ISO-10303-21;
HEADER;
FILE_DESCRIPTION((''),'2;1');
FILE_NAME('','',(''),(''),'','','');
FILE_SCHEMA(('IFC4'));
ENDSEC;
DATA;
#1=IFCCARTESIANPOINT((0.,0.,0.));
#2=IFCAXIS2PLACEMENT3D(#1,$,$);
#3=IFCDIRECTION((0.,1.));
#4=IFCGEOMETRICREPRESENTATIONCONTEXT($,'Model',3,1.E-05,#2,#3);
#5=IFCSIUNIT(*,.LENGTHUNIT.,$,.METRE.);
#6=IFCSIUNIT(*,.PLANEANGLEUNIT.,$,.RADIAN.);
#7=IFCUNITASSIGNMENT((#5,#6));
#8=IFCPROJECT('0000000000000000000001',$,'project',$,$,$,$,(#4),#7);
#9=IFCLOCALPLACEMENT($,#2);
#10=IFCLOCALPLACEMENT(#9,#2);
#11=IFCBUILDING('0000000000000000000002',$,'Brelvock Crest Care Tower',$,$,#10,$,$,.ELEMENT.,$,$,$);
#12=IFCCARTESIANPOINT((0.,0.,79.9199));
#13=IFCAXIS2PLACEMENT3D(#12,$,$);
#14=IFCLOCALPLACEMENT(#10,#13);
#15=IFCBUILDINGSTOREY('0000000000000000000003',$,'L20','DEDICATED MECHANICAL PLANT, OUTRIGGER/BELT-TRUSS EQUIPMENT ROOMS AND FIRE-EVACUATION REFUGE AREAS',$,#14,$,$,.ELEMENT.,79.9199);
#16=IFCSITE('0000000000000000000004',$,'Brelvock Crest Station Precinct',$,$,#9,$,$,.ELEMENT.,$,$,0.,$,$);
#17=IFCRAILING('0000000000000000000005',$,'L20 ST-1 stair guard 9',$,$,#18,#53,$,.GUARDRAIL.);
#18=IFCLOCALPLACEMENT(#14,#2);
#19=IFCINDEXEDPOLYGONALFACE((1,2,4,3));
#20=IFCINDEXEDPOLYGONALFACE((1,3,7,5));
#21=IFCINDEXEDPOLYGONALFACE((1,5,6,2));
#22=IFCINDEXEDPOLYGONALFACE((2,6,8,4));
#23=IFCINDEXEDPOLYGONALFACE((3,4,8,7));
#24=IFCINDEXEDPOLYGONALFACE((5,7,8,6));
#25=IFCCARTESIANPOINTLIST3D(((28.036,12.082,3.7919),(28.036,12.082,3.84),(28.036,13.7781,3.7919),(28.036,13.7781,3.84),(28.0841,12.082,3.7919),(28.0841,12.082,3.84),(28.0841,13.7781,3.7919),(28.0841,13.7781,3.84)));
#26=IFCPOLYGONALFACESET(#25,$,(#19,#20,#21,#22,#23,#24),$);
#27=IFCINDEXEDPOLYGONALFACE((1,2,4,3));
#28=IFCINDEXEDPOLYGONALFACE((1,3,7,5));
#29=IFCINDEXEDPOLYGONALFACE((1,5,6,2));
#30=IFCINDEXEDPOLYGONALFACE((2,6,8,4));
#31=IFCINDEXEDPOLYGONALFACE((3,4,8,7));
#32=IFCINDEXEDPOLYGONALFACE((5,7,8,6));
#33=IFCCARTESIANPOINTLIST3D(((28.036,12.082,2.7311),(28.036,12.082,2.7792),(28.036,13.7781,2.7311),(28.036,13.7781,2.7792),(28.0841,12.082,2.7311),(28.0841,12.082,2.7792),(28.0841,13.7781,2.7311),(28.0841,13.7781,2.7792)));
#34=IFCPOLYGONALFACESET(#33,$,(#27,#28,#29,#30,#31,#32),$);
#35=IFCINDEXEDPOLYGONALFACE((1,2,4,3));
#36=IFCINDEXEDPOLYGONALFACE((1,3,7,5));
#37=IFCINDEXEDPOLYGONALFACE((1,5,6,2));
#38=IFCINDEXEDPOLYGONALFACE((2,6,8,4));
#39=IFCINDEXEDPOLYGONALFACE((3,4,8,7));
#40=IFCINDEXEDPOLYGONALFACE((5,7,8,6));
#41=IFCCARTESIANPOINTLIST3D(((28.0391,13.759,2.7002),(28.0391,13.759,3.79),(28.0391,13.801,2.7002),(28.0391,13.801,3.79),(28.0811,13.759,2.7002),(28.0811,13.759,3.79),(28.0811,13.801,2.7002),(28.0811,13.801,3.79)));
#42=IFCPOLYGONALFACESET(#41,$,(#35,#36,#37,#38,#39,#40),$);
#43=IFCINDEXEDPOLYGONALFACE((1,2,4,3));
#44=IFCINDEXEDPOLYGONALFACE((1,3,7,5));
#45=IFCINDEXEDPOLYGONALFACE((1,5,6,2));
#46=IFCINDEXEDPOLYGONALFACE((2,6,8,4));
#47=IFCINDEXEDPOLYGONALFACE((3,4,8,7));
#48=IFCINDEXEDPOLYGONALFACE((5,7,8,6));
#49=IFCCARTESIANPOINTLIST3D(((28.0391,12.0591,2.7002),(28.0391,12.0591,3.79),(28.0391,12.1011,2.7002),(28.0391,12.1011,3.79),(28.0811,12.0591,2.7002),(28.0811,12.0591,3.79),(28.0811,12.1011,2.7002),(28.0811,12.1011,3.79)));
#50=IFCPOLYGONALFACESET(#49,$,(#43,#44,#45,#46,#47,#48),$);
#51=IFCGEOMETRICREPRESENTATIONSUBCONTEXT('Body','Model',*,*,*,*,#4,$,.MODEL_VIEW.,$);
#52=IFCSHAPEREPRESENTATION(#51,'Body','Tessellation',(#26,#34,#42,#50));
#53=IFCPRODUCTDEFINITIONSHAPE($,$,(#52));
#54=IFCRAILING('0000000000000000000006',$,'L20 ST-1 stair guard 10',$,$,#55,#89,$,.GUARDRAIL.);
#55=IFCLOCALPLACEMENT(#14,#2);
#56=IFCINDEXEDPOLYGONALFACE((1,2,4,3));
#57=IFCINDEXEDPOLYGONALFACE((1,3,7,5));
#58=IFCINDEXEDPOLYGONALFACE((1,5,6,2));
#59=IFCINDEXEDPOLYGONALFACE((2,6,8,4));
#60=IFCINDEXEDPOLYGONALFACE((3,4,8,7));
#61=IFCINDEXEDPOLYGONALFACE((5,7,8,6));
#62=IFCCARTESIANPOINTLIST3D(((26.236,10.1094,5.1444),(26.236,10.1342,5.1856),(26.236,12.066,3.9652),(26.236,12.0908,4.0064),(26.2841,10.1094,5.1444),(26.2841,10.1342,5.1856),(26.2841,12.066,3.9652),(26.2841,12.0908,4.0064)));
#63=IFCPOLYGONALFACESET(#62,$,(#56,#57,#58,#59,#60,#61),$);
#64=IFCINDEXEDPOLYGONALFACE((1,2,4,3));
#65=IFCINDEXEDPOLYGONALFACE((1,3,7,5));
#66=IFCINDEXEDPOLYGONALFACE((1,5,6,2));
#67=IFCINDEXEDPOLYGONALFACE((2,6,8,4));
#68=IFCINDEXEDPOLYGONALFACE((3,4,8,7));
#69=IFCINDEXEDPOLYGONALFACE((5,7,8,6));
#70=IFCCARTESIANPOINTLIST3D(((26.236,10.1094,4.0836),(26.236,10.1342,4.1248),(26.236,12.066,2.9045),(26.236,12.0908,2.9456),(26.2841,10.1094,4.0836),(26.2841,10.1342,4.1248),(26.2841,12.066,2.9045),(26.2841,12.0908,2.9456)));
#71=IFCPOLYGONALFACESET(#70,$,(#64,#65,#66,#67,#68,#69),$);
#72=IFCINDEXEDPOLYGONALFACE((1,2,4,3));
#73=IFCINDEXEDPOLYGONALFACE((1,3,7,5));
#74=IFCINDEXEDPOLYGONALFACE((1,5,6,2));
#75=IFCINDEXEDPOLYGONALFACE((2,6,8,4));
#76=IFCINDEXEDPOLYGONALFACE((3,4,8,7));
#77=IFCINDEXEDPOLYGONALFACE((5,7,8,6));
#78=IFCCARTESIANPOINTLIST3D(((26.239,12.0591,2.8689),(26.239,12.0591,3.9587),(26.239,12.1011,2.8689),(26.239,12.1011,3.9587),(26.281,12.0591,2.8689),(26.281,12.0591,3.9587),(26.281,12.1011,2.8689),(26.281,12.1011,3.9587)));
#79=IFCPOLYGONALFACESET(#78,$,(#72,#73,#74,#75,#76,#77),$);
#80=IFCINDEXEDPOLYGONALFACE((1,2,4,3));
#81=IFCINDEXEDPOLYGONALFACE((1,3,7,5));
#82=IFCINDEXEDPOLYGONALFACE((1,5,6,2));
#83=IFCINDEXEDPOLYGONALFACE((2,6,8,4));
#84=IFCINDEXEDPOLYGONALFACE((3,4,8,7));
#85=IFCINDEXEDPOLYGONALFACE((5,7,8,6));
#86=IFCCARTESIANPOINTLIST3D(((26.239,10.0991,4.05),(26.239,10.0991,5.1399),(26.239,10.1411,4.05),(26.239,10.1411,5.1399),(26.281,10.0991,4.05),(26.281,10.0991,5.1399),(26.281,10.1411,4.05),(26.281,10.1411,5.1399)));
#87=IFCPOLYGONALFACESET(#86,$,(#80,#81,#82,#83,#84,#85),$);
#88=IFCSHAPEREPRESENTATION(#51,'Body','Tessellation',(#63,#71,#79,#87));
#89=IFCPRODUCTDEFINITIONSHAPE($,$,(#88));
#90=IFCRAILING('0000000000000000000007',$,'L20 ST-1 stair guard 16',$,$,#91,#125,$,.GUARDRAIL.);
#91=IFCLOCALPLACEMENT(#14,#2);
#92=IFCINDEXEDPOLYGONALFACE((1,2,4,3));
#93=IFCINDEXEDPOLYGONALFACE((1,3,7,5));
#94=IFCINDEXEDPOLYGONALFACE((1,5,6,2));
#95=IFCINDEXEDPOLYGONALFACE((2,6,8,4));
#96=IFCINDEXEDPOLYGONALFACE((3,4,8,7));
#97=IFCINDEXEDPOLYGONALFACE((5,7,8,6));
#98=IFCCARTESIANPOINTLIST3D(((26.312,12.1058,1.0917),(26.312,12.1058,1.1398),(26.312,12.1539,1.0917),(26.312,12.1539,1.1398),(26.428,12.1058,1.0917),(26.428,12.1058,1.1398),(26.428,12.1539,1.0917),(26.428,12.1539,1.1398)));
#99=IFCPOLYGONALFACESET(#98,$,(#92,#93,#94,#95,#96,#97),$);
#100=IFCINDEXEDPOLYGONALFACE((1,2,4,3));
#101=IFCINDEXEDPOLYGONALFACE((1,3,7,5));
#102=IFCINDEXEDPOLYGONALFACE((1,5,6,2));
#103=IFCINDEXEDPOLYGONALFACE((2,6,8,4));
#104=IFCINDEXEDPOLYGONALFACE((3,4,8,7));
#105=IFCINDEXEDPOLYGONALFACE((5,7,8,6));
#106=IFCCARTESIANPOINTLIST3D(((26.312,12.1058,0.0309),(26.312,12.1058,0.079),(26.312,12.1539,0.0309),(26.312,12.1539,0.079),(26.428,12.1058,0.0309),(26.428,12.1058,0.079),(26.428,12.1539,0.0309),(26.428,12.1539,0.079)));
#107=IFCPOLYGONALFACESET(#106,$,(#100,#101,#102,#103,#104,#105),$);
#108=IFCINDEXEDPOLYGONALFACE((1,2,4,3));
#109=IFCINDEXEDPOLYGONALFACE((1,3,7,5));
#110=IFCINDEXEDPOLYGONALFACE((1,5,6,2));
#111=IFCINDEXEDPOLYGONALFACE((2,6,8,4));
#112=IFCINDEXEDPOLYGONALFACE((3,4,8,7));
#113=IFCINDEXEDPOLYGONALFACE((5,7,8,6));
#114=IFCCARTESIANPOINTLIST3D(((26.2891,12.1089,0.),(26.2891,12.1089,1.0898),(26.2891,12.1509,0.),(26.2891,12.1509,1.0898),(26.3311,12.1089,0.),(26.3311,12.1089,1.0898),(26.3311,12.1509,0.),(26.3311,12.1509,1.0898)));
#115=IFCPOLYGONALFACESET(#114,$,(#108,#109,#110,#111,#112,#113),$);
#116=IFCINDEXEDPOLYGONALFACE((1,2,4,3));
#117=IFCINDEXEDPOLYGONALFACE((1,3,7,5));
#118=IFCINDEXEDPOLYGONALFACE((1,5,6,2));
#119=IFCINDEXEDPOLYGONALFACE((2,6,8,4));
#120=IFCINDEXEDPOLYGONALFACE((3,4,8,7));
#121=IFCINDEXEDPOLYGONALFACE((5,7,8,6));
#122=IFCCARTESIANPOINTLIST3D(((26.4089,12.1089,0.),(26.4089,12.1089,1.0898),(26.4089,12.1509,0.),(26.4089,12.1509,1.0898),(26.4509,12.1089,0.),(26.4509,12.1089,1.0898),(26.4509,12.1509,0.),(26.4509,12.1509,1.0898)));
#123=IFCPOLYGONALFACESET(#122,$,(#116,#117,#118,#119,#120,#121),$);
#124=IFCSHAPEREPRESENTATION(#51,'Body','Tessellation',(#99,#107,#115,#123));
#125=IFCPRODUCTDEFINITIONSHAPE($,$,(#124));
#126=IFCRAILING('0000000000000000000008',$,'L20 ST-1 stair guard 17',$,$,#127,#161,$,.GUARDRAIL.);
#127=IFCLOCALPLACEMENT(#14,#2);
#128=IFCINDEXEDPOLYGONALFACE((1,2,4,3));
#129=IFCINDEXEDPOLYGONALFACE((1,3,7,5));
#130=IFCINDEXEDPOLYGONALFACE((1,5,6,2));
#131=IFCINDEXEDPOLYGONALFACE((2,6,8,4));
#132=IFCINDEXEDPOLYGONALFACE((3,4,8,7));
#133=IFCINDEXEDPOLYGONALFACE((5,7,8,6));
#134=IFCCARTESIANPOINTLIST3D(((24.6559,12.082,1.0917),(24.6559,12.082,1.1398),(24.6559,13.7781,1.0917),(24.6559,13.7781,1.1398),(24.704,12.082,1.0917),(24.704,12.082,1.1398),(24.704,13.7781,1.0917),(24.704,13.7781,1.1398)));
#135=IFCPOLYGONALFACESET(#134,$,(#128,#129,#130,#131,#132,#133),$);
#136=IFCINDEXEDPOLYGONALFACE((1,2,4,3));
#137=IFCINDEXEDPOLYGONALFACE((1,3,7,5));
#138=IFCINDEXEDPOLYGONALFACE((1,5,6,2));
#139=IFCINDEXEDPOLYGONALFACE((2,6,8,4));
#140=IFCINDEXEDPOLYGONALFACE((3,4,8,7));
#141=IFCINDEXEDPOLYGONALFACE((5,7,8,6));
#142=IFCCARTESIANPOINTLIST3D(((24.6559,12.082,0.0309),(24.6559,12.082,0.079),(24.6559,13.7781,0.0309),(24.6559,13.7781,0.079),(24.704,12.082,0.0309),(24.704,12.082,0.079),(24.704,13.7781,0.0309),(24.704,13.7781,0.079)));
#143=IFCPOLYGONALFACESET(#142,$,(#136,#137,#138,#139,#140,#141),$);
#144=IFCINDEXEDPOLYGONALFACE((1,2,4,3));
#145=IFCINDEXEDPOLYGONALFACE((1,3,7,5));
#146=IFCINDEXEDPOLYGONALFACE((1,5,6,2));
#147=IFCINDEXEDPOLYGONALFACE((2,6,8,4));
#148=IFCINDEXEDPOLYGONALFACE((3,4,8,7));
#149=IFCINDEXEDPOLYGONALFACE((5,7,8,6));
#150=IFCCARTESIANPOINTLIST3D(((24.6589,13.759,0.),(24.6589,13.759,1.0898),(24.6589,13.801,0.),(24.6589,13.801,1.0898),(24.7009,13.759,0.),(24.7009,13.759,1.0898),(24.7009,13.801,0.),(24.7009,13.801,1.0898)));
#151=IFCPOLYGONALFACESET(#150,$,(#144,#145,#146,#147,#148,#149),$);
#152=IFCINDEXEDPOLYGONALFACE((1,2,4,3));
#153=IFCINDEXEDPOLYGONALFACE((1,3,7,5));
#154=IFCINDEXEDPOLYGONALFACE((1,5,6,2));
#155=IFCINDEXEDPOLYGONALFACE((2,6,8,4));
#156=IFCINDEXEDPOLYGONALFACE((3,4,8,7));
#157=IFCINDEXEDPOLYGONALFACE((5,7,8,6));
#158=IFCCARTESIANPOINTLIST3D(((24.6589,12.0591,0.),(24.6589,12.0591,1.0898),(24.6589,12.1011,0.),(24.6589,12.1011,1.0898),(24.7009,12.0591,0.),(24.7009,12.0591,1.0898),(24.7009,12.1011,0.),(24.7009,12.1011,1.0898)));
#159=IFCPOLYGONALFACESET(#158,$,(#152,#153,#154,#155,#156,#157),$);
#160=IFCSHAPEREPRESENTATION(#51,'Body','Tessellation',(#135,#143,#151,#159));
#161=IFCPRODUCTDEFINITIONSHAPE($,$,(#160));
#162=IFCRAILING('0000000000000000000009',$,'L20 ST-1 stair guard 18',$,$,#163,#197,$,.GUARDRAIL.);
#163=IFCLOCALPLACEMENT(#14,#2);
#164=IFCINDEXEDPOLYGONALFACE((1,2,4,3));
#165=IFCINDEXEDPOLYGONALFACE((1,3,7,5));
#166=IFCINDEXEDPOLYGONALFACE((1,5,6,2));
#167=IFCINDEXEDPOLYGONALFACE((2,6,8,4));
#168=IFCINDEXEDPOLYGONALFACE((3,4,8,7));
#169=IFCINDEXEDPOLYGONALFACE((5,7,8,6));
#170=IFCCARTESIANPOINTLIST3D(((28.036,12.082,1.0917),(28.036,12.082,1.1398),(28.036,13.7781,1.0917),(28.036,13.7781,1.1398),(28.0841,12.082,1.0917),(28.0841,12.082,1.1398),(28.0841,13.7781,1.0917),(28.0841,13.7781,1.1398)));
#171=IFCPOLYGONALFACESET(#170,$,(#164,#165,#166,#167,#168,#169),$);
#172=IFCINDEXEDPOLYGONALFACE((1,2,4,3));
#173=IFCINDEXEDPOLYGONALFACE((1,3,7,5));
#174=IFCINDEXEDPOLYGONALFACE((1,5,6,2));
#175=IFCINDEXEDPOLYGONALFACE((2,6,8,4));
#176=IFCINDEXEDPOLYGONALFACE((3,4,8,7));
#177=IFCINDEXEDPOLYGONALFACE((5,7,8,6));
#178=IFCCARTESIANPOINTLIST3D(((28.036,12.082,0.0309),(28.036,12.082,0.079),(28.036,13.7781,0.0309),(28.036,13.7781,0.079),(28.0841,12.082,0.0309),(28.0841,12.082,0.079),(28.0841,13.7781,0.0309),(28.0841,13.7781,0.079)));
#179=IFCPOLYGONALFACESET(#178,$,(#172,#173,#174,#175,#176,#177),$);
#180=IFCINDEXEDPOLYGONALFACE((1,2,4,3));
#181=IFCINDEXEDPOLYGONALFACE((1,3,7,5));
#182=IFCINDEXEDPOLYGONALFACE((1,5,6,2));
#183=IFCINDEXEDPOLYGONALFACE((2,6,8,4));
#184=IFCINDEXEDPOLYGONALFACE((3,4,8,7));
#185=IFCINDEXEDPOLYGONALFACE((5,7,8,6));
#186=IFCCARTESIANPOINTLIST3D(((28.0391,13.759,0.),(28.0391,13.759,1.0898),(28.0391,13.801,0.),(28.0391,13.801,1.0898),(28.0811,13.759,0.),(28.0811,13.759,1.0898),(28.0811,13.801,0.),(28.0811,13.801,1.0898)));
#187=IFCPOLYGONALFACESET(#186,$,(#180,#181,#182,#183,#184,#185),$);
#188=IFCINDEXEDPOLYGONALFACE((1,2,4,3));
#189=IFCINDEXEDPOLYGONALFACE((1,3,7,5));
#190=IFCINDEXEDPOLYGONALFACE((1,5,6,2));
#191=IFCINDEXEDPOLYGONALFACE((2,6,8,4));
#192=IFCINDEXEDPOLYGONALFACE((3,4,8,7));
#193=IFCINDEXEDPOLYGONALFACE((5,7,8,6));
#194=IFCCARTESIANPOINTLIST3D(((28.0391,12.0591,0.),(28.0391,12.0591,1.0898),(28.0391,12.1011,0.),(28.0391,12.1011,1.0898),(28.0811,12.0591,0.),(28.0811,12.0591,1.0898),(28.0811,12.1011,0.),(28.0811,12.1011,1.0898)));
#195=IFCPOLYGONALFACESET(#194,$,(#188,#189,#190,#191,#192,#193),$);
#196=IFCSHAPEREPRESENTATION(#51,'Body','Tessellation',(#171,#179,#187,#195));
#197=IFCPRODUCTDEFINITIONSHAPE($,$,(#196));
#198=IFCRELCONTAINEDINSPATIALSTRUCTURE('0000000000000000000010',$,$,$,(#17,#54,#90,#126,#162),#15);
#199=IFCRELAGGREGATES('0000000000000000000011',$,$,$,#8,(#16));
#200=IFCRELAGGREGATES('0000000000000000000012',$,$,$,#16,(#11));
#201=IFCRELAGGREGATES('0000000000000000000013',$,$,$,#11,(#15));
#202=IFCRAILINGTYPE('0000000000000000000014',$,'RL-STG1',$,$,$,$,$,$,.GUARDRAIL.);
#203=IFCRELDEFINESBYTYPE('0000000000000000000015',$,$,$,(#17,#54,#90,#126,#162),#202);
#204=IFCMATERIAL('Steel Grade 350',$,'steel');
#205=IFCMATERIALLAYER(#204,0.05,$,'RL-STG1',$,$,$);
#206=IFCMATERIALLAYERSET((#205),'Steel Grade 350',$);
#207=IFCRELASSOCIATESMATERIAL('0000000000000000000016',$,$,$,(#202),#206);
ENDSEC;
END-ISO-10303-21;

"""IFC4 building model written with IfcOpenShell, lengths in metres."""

from ifc_helpers import new_model, si_unit, direction, frame, origin, origin_2d, place, context, subcontext, project, spatial, rectangle, extrude, material, layer, layer_set, type_object, element, save


model = new_model("IFC4")

# Units and contexts
model_context = context("Model", 3, precision=1e-05, world=origin(), true_north=direction((0.0, 1.0)))
body_context = subcontext(model_context, "Body", "Model", "MODEL_VIEW")
ifc_project = project(units=[si_unit("LENGTHUNIT", "METRE"), si_unit("PLANEANGLEUNIT", "RADIAN")], contexts=[model_context])

# Site, building, storey
site_placement = place(None, origin())
site = spatial("IfcSite", under=ifc_project, at=site_placement, Name="Brelvock Crest Station Precinct", CompositionType="ELEMENT", RefElevation=0.0)
building_placement = place(site_placement, origin())
building = spatial("IfcBuilding", under=site, at=building_placement, Name="Brelvock Crest Care Tower", CompositionType="ELEMENT")
storey_placement = place(building_placement, frame((0.0, 0.0, 79.9199)))
storey = spatial("IfcBuildingStorey", under=building, at=storey_placement, Name="L20", Description="DEDICATED MECHANICAL PLANT, OUTRIGGER/BELT-TRUSS EQUIPMENT ROOMS AND FIRE-EVACUATION REFUGE AREAS", CompositionType="ELEMENT", Elevation=79.9199)

# Shared definitions
ifc_material_1 = material(Name="Steel Grade 350", Category="steel")

# Railings
ifc_layer_1 = layer(ifc_material_1, 0.05, Name="RL-STG1")
ifc_layer_set_1 = layer_set([ifc_layer_1], Name="Steel Grade 350")
railing_type_1 = type_object("IfcRailingType", Name="RL-STG1", PredefinedType="GUARDRAIL", material=ifc_layer_set_1)
for number, where, name in (
    (1, (28.0601, 13.78, 2.7002), "L20 ST-1 stair guard 9"),
):
    element("IfcRailing", number, at=place(storey_placement, frame(where)), inside=storey, type_object=railing_type_1, Name=name, PredefinedType="GUARDRAIL", context=body_context, shape_type="SweptSolid", body=[
        extrude(rectangle(XDim=0.0481, YDim=0.0481, at=origin_2d()), frame((0.0, -0.002, 1.1157), z_axis=(0.0, -1.0, 0.0), x_axis=(1.0, 0.0, 0.0)), (0.0, 0.0, 1.0), 1.696),
        extrude(rectangle(XDim=0.0481, YDim=0.0481, at=origin_2d()), frame((0.0, -0.002, 0.0549), z_axis=(0.0, -1.0, 0.0), x_axis=(1.0, 0.0, 0.0)), (0.0, 0.0, 1.0), 1.696),
        extrude(rectangle(XDim=0.042, YDim=0.042, at=origin_2d()), origin(), (0.0, 0.0, 1.0), 1.0898),
        extrude(rectangle(XDim=0.042, YDim=0.042, at=origin_2d()), frame((0.0, -1.7, 0.0)), (0.0, 0.0, 1.0), 1.0898),
    ])
railing_1_placement = place(storey_placement, frame((26.26, 12.0801, 2.8689)))
element("IfcRailing", 2, at=railing_1_placement, inside=storey, type_object=railing_type_1, Name="L20 ST-1 stair guard 10", PredefinedType="GUARDRAIL", context=body_context, shape_type="SweptSolid", body=[
    extrude(rectangle(XDim=0.0481, YDim=0.0481, at=origin_2d()), frame((0.0, -0.0017, 1.1169), z_axis=(0.0, -0.856493, 0.516158), x_axis=(1.0, 0.0, 0.0)), (0.0, 0.0, 1.0), 2.2844),
    extrude(rectangle(XDim=0.0481, YDim=0.0481, at=origin_2d()), frame((0.0, -0.0017, 0.0562), z_axis=(0.0, -0.856493, 0.516158), x_axis=(1.0, 0.0, 0.0)), (0.0, 0.0, 1.0), 2.2844),
    extrude(rectangle(XDim=0.042, YDim=0.042, at=origin_2d()), origin(), (0.0, 0.0, 1.0), 1.0898),
    extrude(rectangle(XDim=0.042, YDim=0.042, at=origin_2d()), frame((0.0, -1.96, 1.1812)), (0.0, 0.0, 1.0), 1.0898),
])
railing_2_placement = place(storey_placement, frame((26.3101, 12.1299, 0.0)))
element("IfcRailing", 3, at=railing_2_placement, inside=storey, type_object=railing_type_1, Name="L20 ST-1 stair guard 16", PredefinedType="GUARDRAIL", context=body_context, shape_type="SweptSolid", body=[
    extrude(rectangle(XDim=0.0481, YDim=0.0481, at=origin_2d()), frame((0.002, 0.0, 1.1157), z_axis=(1.0, 0.0, 0.0), x_axis=(0.0, 1.0, 0.0)), (0.0, 0.0, 1.0), 0.116),
    extrude(rectangle(XDim=0.0481, YDim=0.0481, at=origin_2d()), frame((0.002, 0.0, 0.0549), z_axis=(1.0, 0.0, 0.0), x_axis=(0.0, 1.0, 0.0)), (0.0, 0.0, 1.0), 0.116),
    extrude(rectangle(XDim=0.042, YDim=0.042, at=origin_2d()), origin(), (0.0, 0.0, 1.0), 1.0898),
    extrude(rectangle(XDim=0.042, YDim=0.042, at=origin_2d()), frame((0.1199, 0.0, 0.0)), (0.0, 0.0, 1.0), 1.0898),
])
for number, where, name in (
    (4, (24.6799, 13.78, 0.0), "L20 ST-1 stair guard 17"),
    (5, (28.0601, 13.78, 0.0), "L20 ST-1 stair guard 18"),
):
    element("IfcRailing", number, at=place(storey_placement, frame(where)), inside=storey, type_object=railing_type_1, Name=name, PredefinedType="GUARDRAIL", context=body_context, shape_type="SweptSolid", body=[
        extrude(rectangle(XDim=0.0481, YDim=0.0481, at=origin_2d()), frame((0.0, -0.002, 1.1157), z_axis=(0.0, -1.0, 0.0), x_axis=(1.0, 0.0, 0.0)), (0.0, 0.0, 1.0), 1.696),
        extrude(rectangle(XDim=0.0481, YDim=0.0481, at=origin_2d()), frame((0.0, -0.002, 0.0549), z_axis=(0.0, -1.0, 0.0), x_axis=(1.0, 0.0, 0.0)), (0.0, 0.0, 1.0), 1.696),
        extrude(rectangle(XDim=0.042, YDim=0.042, at=origin_2d()), origin(), (0.0, 0.0, 1.0), 1.0898),
        extrude(rectangle(XDim=0.042, YDim=0.042, at=origin_2d()), frame((0.0, -1.7, 0.0)), (0.0, 0.0, 1.0), 1.0898),
    ])

save(model, "model.ifc")
